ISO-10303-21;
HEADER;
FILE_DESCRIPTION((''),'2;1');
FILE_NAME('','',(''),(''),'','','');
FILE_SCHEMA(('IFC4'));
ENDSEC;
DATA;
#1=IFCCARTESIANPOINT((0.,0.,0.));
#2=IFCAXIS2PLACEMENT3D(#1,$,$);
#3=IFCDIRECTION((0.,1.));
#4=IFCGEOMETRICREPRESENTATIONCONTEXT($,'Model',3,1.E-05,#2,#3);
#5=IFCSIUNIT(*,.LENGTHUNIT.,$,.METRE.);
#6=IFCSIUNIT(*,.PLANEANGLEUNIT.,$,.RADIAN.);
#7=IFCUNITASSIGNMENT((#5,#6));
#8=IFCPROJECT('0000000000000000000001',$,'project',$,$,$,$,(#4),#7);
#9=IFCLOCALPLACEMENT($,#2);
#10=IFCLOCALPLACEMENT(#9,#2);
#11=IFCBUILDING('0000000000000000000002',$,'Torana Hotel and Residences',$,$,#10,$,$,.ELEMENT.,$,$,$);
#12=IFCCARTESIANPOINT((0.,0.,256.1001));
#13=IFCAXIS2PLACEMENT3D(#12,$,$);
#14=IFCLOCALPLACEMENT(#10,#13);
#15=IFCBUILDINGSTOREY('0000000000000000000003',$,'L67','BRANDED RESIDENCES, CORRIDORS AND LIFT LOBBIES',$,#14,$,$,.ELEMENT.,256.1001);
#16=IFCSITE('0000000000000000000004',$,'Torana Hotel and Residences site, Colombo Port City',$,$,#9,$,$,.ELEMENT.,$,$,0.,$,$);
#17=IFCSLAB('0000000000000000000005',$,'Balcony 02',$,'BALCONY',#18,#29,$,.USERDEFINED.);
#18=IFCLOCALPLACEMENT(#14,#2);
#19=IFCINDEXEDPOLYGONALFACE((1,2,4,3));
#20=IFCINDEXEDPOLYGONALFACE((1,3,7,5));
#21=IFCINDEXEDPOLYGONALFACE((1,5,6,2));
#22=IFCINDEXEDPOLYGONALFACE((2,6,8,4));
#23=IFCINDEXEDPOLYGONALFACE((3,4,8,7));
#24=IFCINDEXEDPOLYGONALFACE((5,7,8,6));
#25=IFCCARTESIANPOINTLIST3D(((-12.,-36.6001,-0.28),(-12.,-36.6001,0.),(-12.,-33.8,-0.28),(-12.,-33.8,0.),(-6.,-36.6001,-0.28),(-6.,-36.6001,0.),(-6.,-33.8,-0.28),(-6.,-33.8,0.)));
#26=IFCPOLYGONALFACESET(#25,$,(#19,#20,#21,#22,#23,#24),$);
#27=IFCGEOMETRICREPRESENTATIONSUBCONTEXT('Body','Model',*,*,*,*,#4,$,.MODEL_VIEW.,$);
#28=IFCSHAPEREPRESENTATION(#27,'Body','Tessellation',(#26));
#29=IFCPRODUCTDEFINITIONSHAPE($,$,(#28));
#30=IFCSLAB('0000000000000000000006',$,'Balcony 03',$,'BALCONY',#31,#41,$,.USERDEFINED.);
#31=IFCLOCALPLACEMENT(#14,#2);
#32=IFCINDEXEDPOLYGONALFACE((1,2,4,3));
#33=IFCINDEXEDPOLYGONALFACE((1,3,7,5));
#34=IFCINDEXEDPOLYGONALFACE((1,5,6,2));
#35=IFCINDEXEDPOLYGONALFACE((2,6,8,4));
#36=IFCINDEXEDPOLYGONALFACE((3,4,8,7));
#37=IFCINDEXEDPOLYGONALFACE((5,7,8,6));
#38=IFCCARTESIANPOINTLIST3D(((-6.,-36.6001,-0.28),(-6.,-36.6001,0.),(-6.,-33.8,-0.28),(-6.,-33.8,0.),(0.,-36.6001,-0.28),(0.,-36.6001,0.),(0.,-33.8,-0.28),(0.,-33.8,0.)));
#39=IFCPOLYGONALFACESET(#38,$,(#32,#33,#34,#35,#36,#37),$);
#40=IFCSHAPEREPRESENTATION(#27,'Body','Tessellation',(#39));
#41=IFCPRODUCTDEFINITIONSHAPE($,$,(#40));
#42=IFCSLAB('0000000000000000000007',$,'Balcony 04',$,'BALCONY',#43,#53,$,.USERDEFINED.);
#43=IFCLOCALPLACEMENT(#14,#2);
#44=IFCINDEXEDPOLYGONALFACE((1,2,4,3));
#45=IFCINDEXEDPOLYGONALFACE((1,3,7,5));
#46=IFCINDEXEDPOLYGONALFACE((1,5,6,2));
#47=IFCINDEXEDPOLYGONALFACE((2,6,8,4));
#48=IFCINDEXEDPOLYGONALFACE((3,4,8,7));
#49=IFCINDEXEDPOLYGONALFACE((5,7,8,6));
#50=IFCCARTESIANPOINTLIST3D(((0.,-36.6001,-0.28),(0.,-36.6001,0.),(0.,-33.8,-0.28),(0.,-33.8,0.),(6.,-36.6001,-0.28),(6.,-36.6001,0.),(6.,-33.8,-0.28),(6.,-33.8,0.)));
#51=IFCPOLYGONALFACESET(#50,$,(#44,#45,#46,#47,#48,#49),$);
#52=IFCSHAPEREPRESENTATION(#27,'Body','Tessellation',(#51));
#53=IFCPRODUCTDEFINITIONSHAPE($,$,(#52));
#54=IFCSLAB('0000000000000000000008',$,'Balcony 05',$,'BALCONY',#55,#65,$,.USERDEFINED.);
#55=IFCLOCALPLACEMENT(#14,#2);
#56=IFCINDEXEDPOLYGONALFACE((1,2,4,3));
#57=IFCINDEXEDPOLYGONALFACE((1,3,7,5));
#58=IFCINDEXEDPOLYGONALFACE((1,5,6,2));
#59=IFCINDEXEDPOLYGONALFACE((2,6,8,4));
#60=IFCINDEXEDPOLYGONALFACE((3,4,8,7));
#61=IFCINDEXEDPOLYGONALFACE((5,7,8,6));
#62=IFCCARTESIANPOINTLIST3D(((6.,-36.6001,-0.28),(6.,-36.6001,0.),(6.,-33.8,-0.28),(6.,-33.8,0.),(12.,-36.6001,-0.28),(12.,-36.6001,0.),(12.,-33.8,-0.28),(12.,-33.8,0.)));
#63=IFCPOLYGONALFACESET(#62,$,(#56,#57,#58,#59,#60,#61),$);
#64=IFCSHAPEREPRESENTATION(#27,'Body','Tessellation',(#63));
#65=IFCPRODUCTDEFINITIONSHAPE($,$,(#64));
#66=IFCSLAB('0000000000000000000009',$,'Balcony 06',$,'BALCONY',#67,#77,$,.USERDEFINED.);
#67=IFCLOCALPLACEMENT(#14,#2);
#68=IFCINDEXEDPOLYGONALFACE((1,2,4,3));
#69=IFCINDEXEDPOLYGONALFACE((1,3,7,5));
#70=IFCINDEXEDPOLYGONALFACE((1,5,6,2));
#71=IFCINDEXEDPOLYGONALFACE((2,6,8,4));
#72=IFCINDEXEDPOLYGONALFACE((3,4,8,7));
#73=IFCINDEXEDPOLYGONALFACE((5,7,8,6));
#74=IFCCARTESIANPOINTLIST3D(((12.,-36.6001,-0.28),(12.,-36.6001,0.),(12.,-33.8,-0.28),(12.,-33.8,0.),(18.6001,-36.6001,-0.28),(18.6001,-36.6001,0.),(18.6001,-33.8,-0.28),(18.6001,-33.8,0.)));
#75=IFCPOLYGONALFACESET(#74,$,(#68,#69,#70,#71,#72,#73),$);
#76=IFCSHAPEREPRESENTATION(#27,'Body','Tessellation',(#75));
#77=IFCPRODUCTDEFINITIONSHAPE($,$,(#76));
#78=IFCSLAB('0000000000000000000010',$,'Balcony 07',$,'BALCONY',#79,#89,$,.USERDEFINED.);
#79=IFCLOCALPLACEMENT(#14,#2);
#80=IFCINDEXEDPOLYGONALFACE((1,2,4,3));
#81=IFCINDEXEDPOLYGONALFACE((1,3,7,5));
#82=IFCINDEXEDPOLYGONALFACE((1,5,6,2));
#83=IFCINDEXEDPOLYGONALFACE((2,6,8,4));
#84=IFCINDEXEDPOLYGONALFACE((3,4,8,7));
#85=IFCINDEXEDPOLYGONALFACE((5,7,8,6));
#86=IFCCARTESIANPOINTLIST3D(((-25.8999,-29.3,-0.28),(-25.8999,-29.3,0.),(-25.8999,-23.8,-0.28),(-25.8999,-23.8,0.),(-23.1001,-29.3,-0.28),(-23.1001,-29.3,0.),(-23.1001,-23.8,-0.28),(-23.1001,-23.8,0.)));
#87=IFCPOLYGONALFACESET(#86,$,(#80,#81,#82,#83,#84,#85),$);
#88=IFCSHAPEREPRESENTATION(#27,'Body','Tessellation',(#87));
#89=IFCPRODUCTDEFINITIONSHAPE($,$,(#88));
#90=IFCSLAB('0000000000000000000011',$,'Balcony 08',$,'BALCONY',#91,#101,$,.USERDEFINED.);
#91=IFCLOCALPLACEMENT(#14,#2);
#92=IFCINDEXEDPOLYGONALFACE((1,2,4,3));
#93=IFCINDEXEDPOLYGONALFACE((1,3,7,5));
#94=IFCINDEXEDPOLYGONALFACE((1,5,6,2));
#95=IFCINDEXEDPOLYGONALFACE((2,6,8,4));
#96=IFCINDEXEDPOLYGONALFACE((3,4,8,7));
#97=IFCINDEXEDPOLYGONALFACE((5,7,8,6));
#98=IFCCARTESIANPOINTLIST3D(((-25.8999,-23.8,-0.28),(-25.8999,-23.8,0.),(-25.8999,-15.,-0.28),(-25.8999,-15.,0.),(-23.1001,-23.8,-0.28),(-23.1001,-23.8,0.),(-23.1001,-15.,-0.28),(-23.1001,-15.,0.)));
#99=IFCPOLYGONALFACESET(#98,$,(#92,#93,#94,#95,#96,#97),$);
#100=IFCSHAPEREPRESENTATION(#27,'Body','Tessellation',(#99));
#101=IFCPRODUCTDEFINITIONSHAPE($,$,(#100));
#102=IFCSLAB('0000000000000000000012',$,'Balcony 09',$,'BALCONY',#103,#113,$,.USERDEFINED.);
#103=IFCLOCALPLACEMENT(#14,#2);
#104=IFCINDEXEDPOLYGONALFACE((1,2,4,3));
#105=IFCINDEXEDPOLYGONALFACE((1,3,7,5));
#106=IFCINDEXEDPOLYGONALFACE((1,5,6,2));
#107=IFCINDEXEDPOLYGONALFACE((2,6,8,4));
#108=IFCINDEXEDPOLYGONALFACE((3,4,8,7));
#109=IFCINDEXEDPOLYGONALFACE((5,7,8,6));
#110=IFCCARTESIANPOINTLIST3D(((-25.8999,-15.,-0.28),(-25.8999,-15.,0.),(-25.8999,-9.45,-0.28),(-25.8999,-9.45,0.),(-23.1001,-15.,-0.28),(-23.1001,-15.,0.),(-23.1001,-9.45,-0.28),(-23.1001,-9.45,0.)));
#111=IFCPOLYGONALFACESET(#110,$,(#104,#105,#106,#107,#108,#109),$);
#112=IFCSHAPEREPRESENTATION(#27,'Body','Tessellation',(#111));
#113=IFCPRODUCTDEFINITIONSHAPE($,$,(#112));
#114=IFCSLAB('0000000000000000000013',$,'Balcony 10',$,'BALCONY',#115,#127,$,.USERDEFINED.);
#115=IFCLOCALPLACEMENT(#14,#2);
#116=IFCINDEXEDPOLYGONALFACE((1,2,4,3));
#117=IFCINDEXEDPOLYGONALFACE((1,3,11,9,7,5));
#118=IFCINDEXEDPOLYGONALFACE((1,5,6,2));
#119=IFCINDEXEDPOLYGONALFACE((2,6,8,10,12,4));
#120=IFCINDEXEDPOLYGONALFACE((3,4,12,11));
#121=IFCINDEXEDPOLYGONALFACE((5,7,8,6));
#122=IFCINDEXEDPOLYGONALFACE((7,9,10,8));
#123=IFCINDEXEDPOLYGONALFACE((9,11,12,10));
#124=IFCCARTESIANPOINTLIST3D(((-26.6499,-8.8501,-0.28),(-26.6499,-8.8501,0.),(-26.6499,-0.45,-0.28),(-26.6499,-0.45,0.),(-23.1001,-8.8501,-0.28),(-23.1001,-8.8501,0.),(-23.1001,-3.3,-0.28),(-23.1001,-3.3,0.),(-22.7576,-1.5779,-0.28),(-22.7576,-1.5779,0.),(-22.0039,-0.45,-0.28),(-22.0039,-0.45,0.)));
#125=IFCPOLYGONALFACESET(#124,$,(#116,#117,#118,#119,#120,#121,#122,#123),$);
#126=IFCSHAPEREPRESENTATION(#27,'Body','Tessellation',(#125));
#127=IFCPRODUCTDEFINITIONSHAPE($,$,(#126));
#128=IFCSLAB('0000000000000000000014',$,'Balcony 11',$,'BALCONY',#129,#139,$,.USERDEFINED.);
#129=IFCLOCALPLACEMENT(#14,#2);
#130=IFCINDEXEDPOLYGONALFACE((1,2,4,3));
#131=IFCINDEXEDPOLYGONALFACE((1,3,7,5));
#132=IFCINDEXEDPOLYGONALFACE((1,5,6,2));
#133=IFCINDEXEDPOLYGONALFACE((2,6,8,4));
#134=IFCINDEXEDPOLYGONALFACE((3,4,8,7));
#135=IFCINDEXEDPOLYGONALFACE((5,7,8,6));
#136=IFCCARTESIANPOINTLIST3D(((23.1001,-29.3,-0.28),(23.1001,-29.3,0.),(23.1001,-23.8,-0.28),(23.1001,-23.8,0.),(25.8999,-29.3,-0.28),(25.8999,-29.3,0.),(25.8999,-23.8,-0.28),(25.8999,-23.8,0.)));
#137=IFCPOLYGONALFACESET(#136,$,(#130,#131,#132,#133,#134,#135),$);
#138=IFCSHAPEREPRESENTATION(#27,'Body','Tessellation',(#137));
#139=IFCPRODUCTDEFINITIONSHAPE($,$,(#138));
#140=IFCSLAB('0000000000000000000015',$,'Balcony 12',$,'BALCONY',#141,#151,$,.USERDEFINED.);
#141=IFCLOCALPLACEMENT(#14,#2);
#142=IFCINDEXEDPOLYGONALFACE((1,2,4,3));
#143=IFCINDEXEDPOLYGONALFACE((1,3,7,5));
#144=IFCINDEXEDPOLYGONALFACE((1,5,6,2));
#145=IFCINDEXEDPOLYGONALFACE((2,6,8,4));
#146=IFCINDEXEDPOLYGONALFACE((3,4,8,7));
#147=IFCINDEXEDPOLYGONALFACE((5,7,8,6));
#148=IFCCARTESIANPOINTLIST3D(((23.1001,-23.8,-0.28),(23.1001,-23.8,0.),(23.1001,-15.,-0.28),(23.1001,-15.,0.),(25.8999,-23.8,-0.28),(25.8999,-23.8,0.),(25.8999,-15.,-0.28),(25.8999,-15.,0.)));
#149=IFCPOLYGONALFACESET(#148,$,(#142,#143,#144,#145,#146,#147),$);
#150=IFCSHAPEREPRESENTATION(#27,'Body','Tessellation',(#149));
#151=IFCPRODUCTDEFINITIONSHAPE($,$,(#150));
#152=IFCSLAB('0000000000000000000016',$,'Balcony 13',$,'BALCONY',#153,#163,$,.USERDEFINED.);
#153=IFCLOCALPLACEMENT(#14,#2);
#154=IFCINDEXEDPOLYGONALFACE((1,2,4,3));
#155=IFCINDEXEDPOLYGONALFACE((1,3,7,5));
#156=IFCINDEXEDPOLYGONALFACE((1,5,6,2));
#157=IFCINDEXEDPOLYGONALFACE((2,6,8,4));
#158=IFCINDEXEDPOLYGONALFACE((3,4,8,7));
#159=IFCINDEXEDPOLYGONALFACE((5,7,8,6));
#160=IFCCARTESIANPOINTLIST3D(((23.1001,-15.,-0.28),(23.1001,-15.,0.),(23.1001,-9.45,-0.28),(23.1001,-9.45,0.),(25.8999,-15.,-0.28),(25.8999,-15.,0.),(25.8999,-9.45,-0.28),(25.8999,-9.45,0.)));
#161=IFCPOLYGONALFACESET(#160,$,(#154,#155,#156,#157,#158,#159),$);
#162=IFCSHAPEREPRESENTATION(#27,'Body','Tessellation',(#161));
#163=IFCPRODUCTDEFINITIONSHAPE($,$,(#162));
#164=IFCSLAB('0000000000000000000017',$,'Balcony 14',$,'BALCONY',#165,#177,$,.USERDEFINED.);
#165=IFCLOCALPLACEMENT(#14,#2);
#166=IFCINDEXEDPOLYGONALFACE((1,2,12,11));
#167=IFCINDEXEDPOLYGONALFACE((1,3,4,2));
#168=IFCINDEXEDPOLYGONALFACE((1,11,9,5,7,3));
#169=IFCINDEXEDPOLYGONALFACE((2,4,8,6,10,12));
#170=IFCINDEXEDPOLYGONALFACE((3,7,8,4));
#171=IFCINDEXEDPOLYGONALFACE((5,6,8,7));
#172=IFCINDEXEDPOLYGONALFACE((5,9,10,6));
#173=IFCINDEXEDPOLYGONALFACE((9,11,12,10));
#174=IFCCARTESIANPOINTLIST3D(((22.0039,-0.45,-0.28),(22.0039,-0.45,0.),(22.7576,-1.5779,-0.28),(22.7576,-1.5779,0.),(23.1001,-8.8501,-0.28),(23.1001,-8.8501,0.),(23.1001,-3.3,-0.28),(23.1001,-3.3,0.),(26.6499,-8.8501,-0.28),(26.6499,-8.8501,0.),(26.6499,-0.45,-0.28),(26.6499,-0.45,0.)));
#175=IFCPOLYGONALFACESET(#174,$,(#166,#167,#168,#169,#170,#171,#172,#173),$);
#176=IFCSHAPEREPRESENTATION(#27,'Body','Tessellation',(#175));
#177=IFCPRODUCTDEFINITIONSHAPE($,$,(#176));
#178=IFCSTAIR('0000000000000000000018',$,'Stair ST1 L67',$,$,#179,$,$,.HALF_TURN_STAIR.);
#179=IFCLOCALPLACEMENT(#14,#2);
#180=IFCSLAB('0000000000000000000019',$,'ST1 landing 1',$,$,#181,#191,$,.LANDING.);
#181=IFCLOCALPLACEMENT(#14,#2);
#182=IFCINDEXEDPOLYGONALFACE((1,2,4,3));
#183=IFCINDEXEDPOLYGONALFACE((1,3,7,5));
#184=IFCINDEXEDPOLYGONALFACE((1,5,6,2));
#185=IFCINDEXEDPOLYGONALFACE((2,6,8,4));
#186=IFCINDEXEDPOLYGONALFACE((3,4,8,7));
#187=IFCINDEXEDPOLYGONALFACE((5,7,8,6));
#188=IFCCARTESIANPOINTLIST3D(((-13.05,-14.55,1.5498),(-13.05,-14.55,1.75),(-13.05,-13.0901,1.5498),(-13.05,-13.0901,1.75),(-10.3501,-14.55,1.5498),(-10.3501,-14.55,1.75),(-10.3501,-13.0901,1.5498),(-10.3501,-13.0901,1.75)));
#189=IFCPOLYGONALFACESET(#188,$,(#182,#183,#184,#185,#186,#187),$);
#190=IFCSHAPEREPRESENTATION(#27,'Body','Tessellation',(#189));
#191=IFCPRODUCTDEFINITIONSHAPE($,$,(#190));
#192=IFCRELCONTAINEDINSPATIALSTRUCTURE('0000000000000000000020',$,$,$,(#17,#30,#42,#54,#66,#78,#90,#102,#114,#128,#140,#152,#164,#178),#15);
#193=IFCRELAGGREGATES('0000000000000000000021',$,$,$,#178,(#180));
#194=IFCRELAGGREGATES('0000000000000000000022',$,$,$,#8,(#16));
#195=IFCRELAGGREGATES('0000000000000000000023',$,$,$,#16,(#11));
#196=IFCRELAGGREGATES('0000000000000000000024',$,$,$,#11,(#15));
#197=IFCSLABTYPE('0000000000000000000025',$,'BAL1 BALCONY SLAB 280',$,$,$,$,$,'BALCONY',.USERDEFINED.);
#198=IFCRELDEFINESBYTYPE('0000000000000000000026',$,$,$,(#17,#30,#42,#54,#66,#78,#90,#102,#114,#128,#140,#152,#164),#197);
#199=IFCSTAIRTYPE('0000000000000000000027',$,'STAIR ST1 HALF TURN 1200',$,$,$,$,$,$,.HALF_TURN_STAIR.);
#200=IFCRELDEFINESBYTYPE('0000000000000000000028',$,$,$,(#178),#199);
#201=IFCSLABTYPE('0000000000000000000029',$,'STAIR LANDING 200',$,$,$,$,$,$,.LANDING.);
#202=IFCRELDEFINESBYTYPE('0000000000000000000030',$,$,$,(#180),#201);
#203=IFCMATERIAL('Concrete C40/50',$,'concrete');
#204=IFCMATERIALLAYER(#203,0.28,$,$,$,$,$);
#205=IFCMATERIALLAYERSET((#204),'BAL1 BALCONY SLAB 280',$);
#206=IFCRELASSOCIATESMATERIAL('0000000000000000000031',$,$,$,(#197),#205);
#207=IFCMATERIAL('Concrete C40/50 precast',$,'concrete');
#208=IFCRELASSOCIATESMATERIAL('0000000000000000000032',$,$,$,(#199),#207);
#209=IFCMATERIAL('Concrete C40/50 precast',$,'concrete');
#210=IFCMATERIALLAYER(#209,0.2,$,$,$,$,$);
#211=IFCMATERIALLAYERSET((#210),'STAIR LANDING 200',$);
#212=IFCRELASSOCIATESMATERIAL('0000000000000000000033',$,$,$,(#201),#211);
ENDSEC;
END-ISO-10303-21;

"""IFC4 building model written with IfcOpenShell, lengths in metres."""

from ifc_helpers import new_model, si_unit, direction, frame, origin, place, context, subcontext, project, spatial, polyline, outline, extrude, material, layer, layer_set, type_object, element, aggregate, save


model = new_model("IFC4")

# Units and contexts
model_context = context("Model", 3, precision=1e-05, world=origin(), true_north=direction((0.0, 1.0)))
body_context = subcontext(model_context, "Body", "Model", "MODEL_VIEW")
ifc_project = project(units=[si_unit("LENGTHUNIT", "METRE"), si_unit("PLANEANGLEUNIT", "RADIAN")], contexts=[model_context])

# Site, building, storey
site_placement = place(None, origin())
site = spatial("IfcSite", under=ifc_project, at=site_placement, Name="Torana Hotel and Residences site, Colombo Port City", CompositionType="ELEMENT", RefElevation=0.0)
building_placement = place(site_placement, origin())
building = spatial("IfcBuilding", under=site, at=building_placement, Name="Torana Hotel and Residences", CompositionType="ELEMENT")
storey_placement = place(building_placement, frame((0.0, 0.0, 256.1001)))
storey = spatial("IfcBuildingStorey", under=building, at=storey_placement, Name="L67", Description="BRANDED RESIDENCES, CORRIDORS AND LIFT LOBBIES", CompositionType="ELEMENT", Elevation=256.1001)

# Slabs
ifc_material_1 = material(Name="Concrete C40/50", Category="concrete")
ifc_layer_1 = layer(ifc_material_1, 0.28)
ifc_layer_set_1 = layer_set([ifc_layer_1], Name="BAL1 BALCONY SLAB 280")
slab_type_1 = type_object("IfcSlabType", Name="BAL1 BALCONY SLAB 280", ElementType="BALCONY", PredefinedType="USERDEFINED", material=ifc_layer_set_1)
slab_1_placement = place(storey_placement, frame((0.0, 0.0, -0.28)))
element("IfcSlab", 1, at=slab_1_placement, inside=storey, type_object=slab_type_1, Name="Balcony 02", ObjectType="BALCONY", PredefinedType="USERDEFINED", context=body_context, shape_type="SweptSolid", body=[
    extrude(outline(polyline([(-12.0, -36.6001), (-6.0, -36.6001), (-6.0, -33.8), (-12.0, -33.8), (-12.0, -36.6001)])), origin(), (0.0, 0.0, 1.0), 0.28),
])
slab_2_placement = place(storey_placement, frame((0.0, 0.0, -0.28)))
element("IfcSlab", 2, at=slab_2_placement, inside=storey, type_object=slab_type_1, Name="Balcony 03", ObjectType="BALCONY", PredefinedType="USERDEFINED", context=body_context, shape_type="SweptSolid", body=[
    extrude(outline(polyline([(-6.0, -36.6001), (0.0, -36.6001), (0.0, -33.8), (-6.0, -33.8), (-6.0, -36.6001)])), origin(), (0.0, 0.0, 1.0), 0.28),
])
slab_3_placement = place(storey_placement, frame((0.0, 0.0, -0.28)))
element("IfcSlab", 3, at=slab_3_placement, inside=storey, type_object=slab_type_1, Name="Balcony 04", ObjectType="BALCONY", PredefinedType="USERDEFINED", context=body_context, shape_type="SweptSolid", body=[
    extrude(outline(polyline([(0.0, -36.6001), (6.0, -36.6001), (6.0, -33.8), (0.0, -33.8), (0.0, -36.6001)])), origin(), (0.0, 0.0, 1.0), 0.28),
])
slab_4_placement = place(storey_placement, frame((0.0, 0.0, -0.28)))
element("IfcSlab", 4, at=slab_4_placement, inside=storey, type_object=slab_type_1, Name="Balcony 05", ObjectType="BALCONY", PredefinedType="USERDEFINED", context=body_context, shape_type="SweptSolid", body=[
    extrude(outline(polyline([(6.0, -36.6001), (12.0, -36.6001), (12.0, -33.8), (6.0, -33.8), (6.0, -36.6001)])), origin(), (0.0, 0.0, 1.0), 0.28),
])
slab_5_placement = place(storey_placement, frame((0.0, 0.0, -0.28)))
element("IfcSlab", 5, at=slab_5_placement, inside=storey, type_object=slab_type_1, Name="Balcony 06", ObjectType="BALCONY", PredefinedType="USERDEFINED", context=body_context, shape_type="SweptSolid", body=[
    extrude(outline(polyline([(12.0, -36.6001), (18.6001, -36.6001), (18.6001, -33.8), (12.0, -33.8), (12.0, -36.6001)])), origin(), (0.0, 0.0, 1.0), 0.28),
])
slab_6_placement = place(storey_placement, frame((0.0, 0.0, -0.28)))
element("IfcSlab", 6, at=slab_6_placement, inside=storey, type_object=slab_type_1, Name="Balcony 07", ObjectType="BALCONY", PredefinedType="USERDEFINED", context=body_context, shape_type="SweptSolid", body=[
    extrude(outline(polyline([(-25.8999, -29.3), (-23.1001, -29.3), (-23.1001, -23.8), (-25.8999, -23.8), (-25.8999, -29.3)])), origin(), (0.0, 0.0, 1.0), 0.28),
])
slab_7_placement = place(storey_placement, frame((0.0, 0.0, -0.28)))
element("IfcSlab", 7, at=slab_7_placement, inside=storey, type_object=slab_type_1, Name="Balcony 08", ObjectType="BALCONY", PredefinedType="USERDEFINED", context=body_context, shape_type="SweptSolid", body=[
    extrude(outline(polyline([(-25.8999, -23.8), (-23.1001, -23.8), (-23.1001, -15.0), (-25.8999, -15.0), (-25.8999, -23.8)])), origin(), (0.0, 0.0, 1.0), 0.28),
])
slab_8_placement = place(storey_placement, frame((0.0, 0.0, -0.28)))
element("IfcSlab", 8, at=slab_8_placement, inside=storey, type_object=slab_type_1, Name="Balcony 09", ObjectType="BALCONY", PredefinedType="USERDEFINED", context=body_context, shape_type="SweptSolid", body=[
    extrude(outline(polyline([(-25.8999, -15.0), (-23.1001, -15.0), (-23.1001, -9.45), (-25.8999, -9.45), (-25.8999, -15.0)])), origin(), (0.0, 0.0, 1.0), 0.28),
])
slab_9_placement = place(storey_placement, frame((0.0, 0.0, -0.28)))
element("IfcSlab", 9, at=slab_9_placement, inside=storey, type_object=slab_type_1, Name="Balcony 10", ObjectType="BALCONY", PredefinedType="USERDEFINED", context=body_context, shape_type="SweptSolid", body=[
    extrude(outline(polyline([(-26.6499, -8.8501), (-23.1001, -8.8501), (-23.1001, -3.3), (-22.7576, -1.5779), (-22.0039, -0.45), (-26.6499, -0.45), (-26.6499, -8.8501)])), origin(), (0.0, 0.0, 1.0), 0.28),
])
slab_10_placement = place(storey_placement, frame((0.0, 0.0, -0.28)))
element("IfcSlab", 10, at=slab_10_placement, inside=storey, type_object=slab_type_1, Name="Balcony 11", ObjectType="BALCONY", PredefinedType="USERDEFINED", context=body_context, shape_type="SweptSolid", body=[
    extrude(outline(polyline([(23.1001, -29.3), (25.8999, -29.3), (25.8999, -23.8), (23.1001, -23.8), (23.1001, -29.3)])), origin(), (0.0, 0.0, 1.0), 0.28),
])
slab_11_placement = place(storey_placement, frame((0.0, 0.0, -0.28)))
element("IfcSlab", 11, at=slab_11_placement, inside=storey, type_object=slab_type_1, Name="Balcony 12", ObjectType="BALCONY", PredefinedType="USERDEFINED", context=body_context, shape_type="SweptSolid", body=[
    extrude(outline(polyline([(23.1001, -23.8), (25.8999, -23.8), (25.8999, -15.0), (23.1001, -15.0), (23.1001, -23.8)])), origin(), (0.0, 0.0, 1.0), 0.28),
])
slab_12_placement = place(storey_placement, frame((0.0, 0.0, -0.28)))
element("IfcSlab", 12, at=slab_12_placement, inside=storey, type_object=slab_type_1, Name="Balcony 13", ObjectType="BALCONY", PredefinedType="USERDEFINED", context=body_context, shape_type="SweptSolid", body=[
    extrude(outline(polyline([(23.1001, -15.0), (25.8999, -15.0), (25.8999, -9.45), (23.1001, -9.45), (23.1001, -15.0)])), origin(), (0.0, 0.0, 1.0), 0.28),
])
slab_13_placement = place(storey_placement, frame((0.0, 0.0, -0.28)))
element("IfcSlab", 13, at=slab_13_placement, inside=storey, type_object=slab_type_1, Name="Balcony 14", ObjectType="BALCONY", PredefinedType="USERDEFINED", context=body_context, shape_type="SweptSolid", body=[
    extrude(outline(polyline([(23.1001, -8.8501), (26.6499, -8.8501), (26.6499, -0.45), (22.0039, -0.45), (22.7576, -1.5779), (23.1001, -3.3), (23.1001, -8.8501)])), origin(), (0.0, 0.0, 1.0), 0.28),
])

# Stair, slab
ifc_material_2 = material(Name="Concrete C40/50 precast", Category="concrete")
stair_type_1 = type_object("IfcStairType", Name="STAIR ST1 HALF TURN 1200", PredefinedType="HALF_TURN_STAIR", material=ifc_material_2)
stair_1_placement = place(storey_placement, origin())
stair_1 = element("IfcStair", 14, at=stair_1_placement, inside=storey, type_object=stair_type_1, Name="Stair ST1 L67", PredefinedType="HALF_TURN_STAIR")
ifc_material_3 = material(Name="Concrete C40/50 precast", Category="concrete")
ifc_layer_2 = layer(ifc_material_3, 0.2)
ifc_layer_set_2 = layer_set([ifc_layer_2], Name="STAIR LANDING 200")
slab_type_2 = type_object("IfcSlabType", Name="STAIR LANDING 200", PredefinedType="LANDING", material=ifc_layer_set_2)
slab_14_placement = place(storey_placement, frame((0.0, 0.0, 1.5498)))
slab_14 = element("IfcSlab", 15, at=slab_14_placement, type_object=slab_type_2, Name="ST1 landing 1", PredefinedType="LANDING", context=body_context, shape_type="SweptSolid", body=[
    extrude(outline(polyline([(-13.05, -14.55), (-10.3501, -14.55), (-10.3501, -13.0901), (-13.05, -13.0901), (-13.05, -14.55)])), origin(), (0.0, 0.0, 1.0), 0.2002),
])
aggregate(stair_1, [slab_14])

save(model, "model.ifc")
